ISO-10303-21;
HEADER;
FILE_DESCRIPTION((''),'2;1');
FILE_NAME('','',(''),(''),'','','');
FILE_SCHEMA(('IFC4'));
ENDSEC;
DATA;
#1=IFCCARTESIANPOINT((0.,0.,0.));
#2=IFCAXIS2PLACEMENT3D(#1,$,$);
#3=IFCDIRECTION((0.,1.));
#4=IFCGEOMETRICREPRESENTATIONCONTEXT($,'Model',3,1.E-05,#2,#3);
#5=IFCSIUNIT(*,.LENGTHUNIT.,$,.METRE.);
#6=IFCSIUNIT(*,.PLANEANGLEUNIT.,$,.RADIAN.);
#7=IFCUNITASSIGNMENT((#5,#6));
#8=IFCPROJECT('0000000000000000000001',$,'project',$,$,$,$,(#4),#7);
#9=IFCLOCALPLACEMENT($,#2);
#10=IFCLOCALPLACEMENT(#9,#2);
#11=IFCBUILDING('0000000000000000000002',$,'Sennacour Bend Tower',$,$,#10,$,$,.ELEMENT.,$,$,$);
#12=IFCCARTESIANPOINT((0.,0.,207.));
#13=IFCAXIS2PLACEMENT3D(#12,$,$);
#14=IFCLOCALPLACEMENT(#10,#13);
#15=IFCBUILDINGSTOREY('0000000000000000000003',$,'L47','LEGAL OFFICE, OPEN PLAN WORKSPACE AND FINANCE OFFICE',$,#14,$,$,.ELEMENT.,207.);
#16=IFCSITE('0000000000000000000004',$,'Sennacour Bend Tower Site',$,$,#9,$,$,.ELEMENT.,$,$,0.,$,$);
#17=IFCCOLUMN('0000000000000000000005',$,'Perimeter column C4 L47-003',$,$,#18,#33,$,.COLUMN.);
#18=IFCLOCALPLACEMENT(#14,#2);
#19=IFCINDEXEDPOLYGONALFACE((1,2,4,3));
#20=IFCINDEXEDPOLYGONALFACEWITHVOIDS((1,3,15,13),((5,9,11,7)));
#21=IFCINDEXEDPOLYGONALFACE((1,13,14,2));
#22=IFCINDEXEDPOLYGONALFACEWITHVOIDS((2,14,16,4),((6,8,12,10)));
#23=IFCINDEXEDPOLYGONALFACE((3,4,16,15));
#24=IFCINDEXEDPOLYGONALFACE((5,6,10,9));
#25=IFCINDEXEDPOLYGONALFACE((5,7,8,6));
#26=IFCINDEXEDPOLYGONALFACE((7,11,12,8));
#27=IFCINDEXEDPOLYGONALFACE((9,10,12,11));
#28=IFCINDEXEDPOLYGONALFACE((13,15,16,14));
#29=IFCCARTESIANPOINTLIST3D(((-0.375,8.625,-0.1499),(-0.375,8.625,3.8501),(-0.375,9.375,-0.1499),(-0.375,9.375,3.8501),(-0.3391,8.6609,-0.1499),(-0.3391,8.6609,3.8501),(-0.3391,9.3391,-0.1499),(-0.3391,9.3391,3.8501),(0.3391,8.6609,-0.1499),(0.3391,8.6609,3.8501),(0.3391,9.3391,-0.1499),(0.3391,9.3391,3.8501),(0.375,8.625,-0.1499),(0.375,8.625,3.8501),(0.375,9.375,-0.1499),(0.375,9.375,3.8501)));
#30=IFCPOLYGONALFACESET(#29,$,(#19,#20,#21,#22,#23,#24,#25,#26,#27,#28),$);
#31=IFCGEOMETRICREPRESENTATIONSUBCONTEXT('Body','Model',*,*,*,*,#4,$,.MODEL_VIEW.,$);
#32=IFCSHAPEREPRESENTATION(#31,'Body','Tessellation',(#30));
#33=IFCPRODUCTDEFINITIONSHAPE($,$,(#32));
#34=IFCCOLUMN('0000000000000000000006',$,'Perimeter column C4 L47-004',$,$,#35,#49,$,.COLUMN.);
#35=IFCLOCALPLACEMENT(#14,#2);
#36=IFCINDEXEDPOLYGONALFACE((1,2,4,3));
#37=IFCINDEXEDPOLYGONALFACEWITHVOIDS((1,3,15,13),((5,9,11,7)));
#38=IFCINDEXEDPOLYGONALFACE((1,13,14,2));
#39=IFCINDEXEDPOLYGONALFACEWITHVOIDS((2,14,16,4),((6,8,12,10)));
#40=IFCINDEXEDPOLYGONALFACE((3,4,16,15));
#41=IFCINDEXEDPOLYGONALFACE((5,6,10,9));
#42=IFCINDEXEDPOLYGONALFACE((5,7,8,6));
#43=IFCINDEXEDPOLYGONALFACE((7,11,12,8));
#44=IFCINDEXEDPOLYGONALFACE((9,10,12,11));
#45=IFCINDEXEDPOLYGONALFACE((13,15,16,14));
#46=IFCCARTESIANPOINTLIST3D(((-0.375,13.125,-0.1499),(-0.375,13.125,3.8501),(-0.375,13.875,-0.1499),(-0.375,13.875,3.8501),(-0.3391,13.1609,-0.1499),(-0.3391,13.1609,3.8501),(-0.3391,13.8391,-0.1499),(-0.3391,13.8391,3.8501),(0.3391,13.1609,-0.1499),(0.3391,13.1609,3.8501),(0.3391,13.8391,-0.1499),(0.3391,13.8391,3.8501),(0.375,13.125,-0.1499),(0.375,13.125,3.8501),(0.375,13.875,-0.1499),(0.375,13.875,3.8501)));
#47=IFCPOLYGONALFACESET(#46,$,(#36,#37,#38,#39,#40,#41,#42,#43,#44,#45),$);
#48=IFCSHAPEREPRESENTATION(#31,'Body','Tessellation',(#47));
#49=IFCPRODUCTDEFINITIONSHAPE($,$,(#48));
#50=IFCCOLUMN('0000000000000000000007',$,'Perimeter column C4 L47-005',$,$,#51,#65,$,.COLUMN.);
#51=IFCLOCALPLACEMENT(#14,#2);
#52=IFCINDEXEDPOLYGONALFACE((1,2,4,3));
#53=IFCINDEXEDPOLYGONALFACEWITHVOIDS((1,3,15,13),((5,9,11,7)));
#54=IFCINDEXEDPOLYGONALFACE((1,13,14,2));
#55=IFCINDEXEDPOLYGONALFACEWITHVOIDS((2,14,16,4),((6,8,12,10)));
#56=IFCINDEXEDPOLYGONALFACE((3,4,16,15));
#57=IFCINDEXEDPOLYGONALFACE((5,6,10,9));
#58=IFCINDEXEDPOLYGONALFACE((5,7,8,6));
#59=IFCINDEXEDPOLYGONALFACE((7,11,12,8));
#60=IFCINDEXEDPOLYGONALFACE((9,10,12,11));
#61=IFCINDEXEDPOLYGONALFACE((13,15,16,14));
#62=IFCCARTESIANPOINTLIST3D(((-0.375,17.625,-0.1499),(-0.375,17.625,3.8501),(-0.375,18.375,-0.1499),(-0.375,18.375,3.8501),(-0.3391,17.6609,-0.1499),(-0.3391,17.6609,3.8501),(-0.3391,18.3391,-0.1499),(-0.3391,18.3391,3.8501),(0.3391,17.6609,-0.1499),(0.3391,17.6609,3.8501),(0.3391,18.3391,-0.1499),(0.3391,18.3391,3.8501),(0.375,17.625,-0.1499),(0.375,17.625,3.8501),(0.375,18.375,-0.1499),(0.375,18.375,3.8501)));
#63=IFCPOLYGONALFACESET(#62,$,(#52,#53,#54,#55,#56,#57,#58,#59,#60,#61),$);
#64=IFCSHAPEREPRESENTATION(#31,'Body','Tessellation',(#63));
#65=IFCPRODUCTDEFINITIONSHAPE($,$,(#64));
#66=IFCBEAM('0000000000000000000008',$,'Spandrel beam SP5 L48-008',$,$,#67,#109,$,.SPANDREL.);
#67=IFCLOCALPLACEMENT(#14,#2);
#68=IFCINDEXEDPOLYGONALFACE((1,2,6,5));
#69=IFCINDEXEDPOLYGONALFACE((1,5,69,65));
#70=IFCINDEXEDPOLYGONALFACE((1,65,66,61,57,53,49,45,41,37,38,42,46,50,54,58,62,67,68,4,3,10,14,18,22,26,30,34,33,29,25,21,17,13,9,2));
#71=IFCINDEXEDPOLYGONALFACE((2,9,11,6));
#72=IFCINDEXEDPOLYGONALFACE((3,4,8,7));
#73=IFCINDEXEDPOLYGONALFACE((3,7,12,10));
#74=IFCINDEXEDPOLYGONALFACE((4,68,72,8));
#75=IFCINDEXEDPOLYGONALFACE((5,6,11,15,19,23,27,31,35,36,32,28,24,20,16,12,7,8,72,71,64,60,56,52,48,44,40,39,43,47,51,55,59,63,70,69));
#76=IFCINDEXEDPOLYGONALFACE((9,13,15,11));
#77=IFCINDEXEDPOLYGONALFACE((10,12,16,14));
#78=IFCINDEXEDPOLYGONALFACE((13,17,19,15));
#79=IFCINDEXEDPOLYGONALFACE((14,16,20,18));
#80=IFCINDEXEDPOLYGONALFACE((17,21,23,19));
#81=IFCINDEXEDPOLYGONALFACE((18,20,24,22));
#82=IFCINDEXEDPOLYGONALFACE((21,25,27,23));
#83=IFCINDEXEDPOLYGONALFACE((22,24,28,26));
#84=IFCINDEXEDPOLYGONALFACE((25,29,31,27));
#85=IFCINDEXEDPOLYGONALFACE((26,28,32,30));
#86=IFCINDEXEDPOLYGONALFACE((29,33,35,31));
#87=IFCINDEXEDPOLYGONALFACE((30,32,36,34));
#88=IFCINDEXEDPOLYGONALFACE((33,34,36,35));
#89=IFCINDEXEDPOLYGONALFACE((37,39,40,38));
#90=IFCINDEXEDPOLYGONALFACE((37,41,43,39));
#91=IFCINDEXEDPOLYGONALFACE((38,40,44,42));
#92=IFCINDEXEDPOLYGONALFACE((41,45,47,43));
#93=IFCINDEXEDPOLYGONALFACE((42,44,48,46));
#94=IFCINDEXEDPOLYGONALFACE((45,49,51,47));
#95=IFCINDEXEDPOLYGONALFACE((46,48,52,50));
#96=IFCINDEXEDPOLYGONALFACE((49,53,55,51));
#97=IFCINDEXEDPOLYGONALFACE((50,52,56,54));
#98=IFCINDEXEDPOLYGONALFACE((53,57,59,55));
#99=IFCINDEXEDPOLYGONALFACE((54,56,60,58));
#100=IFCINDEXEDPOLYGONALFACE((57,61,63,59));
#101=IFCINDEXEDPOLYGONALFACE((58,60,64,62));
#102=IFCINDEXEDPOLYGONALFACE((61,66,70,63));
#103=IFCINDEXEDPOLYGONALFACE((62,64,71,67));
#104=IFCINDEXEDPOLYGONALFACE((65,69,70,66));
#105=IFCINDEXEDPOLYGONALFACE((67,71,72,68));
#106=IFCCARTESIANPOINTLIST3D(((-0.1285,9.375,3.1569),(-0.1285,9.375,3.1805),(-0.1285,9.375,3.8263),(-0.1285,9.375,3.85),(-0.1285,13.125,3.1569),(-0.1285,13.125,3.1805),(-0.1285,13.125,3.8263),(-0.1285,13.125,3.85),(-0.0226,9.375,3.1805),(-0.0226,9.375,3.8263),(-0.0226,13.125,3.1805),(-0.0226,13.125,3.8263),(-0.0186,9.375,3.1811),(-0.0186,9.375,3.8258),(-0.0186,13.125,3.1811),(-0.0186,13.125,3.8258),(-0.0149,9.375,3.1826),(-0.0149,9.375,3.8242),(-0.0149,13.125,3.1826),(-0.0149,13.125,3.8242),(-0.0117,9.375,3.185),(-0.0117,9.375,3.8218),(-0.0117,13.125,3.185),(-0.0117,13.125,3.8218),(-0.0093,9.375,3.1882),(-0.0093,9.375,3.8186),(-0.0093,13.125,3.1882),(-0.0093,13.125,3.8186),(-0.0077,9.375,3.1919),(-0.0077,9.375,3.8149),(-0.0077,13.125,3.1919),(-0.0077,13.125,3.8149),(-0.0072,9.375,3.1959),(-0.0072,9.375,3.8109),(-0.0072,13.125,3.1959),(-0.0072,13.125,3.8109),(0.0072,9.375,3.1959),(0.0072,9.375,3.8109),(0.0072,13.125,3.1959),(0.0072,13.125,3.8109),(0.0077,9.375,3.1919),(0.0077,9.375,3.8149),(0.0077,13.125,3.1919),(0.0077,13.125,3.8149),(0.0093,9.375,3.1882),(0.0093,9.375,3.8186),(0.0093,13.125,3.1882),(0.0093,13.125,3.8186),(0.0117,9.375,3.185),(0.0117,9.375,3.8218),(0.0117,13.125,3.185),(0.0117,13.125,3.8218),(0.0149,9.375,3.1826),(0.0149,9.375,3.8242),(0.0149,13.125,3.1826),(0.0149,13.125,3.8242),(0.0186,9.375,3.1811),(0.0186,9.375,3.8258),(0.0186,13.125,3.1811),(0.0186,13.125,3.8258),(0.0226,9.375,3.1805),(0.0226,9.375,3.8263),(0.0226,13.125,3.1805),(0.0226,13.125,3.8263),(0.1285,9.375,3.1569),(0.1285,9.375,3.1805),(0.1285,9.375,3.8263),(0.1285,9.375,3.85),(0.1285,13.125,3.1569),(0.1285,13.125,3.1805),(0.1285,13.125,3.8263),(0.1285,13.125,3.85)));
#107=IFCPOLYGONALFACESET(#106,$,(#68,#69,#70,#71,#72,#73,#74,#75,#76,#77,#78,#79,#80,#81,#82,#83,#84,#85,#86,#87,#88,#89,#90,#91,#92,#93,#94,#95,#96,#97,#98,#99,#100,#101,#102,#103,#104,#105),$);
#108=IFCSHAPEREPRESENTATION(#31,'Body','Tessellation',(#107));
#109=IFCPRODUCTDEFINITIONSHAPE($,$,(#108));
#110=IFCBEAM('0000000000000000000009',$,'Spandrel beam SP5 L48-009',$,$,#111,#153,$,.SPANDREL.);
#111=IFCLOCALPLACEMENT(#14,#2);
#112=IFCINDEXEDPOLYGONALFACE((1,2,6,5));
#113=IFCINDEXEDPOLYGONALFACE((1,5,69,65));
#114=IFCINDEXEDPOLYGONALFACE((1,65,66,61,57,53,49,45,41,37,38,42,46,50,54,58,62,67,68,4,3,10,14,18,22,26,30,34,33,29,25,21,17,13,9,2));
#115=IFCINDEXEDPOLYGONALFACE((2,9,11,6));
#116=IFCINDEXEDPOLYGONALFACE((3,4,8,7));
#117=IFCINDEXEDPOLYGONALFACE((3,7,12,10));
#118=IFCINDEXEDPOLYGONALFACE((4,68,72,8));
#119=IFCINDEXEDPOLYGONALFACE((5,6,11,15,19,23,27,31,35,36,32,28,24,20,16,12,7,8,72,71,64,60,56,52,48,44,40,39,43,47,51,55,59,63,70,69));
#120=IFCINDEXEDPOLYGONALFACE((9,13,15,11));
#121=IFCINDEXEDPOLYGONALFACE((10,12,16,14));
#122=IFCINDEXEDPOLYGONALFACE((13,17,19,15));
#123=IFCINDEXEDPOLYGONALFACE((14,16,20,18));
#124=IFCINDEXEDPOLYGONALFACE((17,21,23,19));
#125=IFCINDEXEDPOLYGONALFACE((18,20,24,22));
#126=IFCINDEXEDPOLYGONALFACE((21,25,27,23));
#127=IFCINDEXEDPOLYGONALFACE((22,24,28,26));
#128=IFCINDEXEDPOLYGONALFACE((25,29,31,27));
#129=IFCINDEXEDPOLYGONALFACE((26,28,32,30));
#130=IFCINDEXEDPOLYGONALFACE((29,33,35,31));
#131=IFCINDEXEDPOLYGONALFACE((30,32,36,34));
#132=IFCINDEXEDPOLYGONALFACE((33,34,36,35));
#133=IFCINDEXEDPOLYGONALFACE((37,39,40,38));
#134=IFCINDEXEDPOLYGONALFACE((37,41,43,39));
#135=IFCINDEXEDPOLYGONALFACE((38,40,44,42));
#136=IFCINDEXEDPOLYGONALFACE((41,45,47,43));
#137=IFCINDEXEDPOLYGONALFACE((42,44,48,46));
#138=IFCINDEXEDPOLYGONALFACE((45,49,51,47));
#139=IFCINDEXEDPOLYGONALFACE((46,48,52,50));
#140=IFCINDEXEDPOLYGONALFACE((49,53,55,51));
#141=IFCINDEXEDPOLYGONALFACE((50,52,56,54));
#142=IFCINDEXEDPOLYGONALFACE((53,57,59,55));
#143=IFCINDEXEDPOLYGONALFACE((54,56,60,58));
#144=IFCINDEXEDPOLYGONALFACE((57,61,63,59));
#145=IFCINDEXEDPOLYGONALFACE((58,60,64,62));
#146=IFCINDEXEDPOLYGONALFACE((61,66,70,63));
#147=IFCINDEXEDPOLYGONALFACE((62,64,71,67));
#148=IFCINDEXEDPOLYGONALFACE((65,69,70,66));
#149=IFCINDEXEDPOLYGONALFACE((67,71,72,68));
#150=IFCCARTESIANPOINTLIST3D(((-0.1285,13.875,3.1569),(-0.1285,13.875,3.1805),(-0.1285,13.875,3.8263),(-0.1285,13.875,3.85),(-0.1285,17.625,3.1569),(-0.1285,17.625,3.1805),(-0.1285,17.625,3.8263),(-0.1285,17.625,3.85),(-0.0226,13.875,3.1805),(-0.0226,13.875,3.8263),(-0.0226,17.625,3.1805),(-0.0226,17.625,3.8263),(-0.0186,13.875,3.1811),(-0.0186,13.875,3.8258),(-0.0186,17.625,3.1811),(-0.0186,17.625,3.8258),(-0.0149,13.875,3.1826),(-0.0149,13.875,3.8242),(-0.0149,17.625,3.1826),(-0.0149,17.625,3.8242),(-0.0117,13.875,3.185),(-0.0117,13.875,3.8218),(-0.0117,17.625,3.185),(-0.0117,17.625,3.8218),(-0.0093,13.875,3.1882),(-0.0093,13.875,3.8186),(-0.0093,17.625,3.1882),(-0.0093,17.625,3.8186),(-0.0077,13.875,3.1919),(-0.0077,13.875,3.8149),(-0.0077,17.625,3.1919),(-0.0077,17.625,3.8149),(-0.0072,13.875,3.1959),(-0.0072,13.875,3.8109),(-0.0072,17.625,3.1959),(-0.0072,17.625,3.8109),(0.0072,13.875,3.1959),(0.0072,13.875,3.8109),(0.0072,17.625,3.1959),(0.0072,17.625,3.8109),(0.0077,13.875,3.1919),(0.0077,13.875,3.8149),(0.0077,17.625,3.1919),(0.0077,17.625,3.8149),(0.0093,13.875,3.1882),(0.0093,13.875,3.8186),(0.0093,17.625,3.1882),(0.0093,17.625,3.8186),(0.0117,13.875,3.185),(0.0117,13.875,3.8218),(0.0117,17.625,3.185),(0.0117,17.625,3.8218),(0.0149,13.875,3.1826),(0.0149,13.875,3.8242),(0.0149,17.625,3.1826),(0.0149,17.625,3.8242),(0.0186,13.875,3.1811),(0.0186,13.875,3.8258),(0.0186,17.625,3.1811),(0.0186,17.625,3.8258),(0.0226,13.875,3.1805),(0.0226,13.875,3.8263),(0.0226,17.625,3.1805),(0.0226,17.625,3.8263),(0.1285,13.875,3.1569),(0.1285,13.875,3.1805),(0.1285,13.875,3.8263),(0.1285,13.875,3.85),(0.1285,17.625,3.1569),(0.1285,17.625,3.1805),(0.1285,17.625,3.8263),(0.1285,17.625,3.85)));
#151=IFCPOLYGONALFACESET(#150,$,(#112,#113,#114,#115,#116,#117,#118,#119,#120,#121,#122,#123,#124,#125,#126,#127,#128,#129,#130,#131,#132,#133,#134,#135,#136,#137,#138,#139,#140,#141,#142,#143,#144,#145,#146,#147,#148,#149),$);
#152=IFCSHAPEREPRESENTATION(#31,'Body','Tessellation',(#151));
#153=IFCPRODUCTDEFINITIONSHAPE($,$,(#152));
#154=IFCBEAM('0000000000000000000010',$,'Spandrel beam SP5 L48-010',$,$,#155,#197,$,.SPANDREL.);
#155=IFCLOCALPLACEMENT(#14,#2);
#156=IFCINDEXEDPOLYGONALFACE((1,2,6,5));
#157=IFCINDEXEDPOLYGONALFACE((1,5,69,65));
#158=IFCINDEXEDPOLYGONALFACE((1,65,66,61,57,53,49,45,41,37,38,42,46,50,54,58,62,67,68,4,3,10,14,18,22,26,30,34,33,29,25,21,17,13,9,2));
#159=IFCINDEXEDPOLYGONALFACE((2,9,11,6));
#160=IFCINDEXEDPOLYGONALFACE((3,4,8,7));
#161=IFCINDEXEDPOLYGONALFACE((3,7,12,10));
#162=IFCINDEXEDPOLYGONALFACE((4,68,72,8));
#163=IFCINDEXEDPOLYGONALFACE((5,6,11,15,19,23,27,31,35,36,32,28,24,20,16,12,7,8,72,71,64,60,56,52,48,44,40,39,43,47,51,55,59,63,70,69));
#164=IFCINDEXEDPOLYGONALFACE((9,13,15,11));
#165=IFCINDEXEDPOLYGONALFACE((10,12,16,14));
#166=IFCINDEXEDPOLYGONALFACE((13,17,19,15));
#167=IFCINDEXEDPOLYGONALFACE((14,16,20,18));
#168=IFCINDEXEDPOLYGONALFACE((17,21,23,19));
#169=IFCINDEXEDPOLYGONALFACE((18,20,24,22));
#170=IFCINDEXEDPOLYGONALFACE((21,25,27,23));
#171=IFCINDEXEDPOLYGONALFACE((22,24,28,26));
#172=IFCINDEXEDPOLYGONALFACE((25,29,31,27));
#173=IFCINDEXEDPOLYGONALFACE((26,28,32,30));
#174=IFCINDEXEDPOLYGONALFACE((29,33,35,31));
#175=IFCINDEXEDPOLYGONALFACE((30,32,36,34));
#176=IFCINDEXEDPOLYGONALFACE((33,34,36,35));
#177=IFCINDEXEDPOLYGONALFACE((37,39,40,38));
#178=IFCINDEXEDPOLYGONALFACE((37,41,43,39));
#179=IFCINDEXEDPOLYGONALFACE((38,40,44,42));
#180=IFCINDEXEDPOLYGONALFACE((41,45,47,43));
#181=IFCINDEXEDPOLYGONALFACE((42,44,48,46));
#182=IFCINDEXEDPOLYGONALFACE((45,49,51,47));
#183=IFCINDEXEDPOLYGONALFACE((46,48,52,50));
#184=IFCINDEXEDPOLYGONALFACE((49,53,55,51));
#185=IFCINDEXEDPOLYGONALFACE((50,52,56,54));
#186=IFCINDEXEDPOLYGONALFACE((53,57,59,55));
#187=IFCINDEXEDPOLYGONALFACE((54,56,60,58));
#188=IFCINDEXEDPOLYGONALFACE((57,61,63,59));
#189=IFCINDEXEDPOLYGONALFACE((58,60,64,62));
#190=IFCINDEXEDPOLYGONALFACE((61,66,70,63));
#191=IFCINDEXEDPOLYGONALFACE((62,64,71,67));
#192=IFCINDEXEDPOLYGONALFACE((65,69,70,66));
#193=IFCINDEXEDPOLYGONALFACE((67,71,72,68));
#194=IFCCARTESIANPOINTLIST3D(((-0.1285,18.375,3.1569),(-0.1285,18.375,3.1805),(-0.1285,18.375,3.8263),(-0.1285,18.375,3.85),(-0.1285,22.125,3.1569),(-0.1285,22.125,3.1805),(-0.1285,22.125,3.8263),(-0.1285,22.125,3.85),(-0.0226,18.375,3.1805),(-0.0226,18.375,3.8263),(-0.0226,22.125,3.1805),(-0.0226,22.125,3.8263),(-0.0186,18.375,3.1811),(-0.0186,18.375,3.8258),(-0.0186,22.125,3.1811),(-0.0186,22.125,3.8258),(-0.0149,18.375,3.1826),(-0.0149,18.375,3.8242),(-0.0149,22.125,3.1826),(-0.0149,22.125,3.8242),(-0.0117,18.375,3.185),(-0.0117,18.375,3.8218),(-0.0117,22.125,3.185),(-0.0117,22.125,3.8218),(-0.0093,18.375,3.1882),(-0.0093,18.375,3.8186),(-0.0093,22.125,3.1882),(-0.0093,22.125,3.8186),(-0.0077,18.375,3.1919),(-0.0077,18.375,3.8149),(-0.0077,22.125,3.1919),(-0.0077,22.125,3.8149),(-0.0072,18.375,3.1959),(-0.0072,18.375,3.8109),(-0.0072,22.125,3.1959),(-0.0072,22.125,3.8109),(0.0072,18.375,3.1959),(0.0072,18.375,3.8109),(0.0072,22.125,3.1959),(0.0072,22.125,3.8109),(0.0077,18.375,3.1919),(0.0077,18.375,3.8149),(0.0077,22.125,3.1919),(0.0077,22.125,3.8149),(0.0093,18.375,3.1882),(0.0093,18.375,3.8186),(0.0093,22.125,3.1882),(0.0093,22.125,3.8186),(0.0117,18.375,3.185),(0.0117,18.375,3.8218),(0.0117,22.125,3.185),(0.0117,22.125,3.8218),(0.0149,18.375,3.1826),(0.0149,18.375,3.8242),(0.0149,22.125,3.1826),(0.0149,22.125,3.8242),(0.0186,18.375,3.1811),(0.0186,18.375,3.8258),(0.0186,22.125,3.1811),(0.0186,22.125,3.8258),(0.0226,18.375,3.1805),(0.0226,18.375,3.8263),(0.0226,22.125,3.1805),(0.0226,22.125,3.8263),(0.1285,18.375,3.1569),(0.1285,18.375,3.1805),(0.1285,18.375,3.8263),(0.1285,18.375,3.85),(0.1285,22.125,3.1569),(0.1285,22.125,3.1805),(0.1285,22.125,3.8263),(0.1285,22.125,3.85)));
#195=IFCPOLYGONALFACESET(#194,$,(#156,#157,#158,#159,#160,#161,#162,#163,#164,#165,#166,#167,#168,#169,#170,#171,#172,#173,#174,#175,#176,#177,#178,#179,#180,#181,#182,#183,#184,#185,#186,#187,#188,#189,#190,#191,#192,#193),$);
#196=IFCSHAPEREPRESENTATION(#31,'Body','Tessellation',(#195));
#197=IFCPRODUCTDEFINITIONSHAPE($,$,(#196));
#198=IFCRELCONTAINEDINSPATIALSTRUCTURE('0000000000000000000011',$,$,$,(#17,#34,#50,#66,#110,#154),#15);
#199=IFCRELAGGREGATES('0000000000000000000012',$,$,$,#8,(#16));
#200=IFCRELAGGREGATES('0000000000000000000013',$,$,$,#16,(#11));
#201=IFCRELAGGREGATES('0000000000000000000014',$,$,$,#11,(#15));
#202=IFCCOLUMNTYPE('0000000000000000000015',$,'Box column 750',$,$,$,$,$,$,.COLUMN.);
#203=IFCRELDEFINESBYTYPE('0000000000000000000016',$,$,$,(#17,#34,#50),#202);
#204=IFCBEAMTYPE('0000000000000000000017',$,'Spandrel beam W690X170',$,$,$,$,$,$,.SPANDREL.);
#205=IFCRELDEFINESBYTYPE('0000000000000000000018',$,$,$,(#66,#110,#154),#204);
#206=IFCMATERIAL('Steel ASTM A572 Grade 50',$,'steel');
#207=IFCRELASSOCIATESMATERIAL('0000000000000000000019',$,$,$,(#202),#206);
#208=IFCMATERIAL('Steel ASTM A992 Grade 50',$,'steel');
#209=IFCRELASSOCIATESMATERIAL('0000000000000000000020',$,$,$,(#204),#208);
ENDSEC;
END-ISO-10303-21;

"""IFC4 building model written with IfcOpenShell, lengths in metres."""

from ifc_helpers import new_model, si_unit, direction, frame, origin, origin_2d, place, context, subcontext, project, spatial, hollow_rectangle, i_section, extrude, material, material_profile, profile_set, type_object, element, save


model = new_model("IFC4")

# Units and contexts
model_context = context("Model", 3, precision=1e-05, world=origin(), true_north=direction((0.0, 1.0)))
body_context = subcontext(model_context, "Body", "Model", "MODEL_VIEW")
ifc_project = project(units=[si_unit("LENGTHUNIT", "METRE"), si_unit("PLANEANGLEUNIT", "RADIAN")], contexts=[model_context])

# Site, building, storey
site_placement = place(None, origin())
site = spatial("IfcSite", under=ifc_project, at=site_placement, Name="Sennacour Bend Tower Site", CompositionType="ELEMENT", RefElevation=0.0)
building_placement = place(site_placement, origin())
building = spatial("IfcBuilding", under=site, at=building_placement, Name="Sennacour Bend Tower", CompositionType="ELEMENT")
storey_placement = place(building_placement, frame((0.0, 0.0, 207.0)))
storey = spatial("IfcBuildingStorey", under=building, at=storey_placement, Name="L47", Description="LEGAL OFFICE, OPEN PLAN WORKSPACE AND FINANCE OFFICE", CompositionType="ELEMENT", Elevation=207.0)

# Columns
ifc_material_1 = material(Name="Steel ASTM A572 Grade 50", Category="steel")
ifc_material_profile_1 = material_profile(ifc_material_1, hollow_rectangle(XDim=0.75, YDim=0.75, WallThickness=0.0359, at=origin_2d()), Name="Steel ASTM A572 Grade 50", Category="steel")
ifc_profile_set_1 = profile_set([ifc_material_profile_1], Name="Steel ASTM A572 Grade 50")
column_type = type_object("IfcColumnType", Name="Box column 750", PredefinedType="COLUMN", material=ifc_profile_set_1)
for number, where, z_axis, x_axis, name in (
    (1, (0.0, 9.0, -0.1499), (0.0, 0.0, 1.0), (1.0, 0.0, 0.0), "Perimeter column C4 L47-003"),
    (2, (0.0, 13.5, -0.1499), (0.0, 0.0, 1.0), (1.0, 0.0, 0.0), "Perimeter column C4 L47-004"),
    (3, (0.0, 18.0, -0.1499), (0.0, 0.0, 1.0), (1.0, 0.0, 0.0), "Perimeter column C4 L47-005"),
):
    element("IfcColumn", number, at=place(storey_placement, frame(where, z_axis=z_axis, x_axis=x_axis)), inside=storey, type_object=column_type, Name=name, PredefinedType="COLUMN", context=body_context, shape_type="SweptSolid", body=[
        extrude(hollow_rectangle(XDim=0.75, YDim=0.75, WallThickness=0.0359, at=origin_2d()), origin(), (0.0, 0.0, 1.0), 4.0),
    ])

# Beams
ifc_material_2 = material(Name="Steel ASTM A992 Grade 50", Category="steel")
ifc_material_profile_2 = material_profile(ifc_material_2, i_section(OverallWidth=0.2571, OverallDepth=0.6931, WebThickness=0.0144, FlangeThickness=0.0237, FilletRadius=0.0154, at=origin_2d()), Name="Steel ASTM A992 Grade 50", Category="steel")
ifc_profile_set_2 = profile_set([ifc_material_profile_2], Name="Steel ASTM A992 Grade 50")
beam_type = type_object("IfcBeamType", Name="Spandrel beam W690X170", PredefinedType="SPANDREL", material=ifc_profile_set_2)
for number, where, z_axis, x_axis, name in (
    (4, (0.0, 9.375, 3.5034), (0.0, 1.0, 0.0), (-1.0, 0.0, 0.0), "Spandrel beam SP5 L48-008"),
    (5, (0.0, 13.875, 3.5034), (0.0, 1.0, 0.0), (-1.0, 0.0, 0.0), "Spandrel beam SP5 L48-009"),
    (6, (0.0, 18.375, 3.5034), (0.0, 1.0, 0.0), (-1.0, 0.0, 0.0), "Spandrel beam SP5 L48-010"),
):
    element("IfcBeam", number, at=place(storey_placement, frame(where, z_axis=z_axis, x_axis=x_axis)), inside=storey, type_object=beam_type, Name=name, PredefinedType="SPANDREL", context=body_context, shape_type="SweptSolid", body=[
        extrude(i_section(OverallWidth=0.2571, OverallDepth=0.6931, WebThickness=0.0144, FlangeThickness=0.0237, FilletRadius=0.0154, at=origin_2d()), origin(), (0.0, 0.0, 1.0), 3.75),
    ])

save(model, "model.ifc")
